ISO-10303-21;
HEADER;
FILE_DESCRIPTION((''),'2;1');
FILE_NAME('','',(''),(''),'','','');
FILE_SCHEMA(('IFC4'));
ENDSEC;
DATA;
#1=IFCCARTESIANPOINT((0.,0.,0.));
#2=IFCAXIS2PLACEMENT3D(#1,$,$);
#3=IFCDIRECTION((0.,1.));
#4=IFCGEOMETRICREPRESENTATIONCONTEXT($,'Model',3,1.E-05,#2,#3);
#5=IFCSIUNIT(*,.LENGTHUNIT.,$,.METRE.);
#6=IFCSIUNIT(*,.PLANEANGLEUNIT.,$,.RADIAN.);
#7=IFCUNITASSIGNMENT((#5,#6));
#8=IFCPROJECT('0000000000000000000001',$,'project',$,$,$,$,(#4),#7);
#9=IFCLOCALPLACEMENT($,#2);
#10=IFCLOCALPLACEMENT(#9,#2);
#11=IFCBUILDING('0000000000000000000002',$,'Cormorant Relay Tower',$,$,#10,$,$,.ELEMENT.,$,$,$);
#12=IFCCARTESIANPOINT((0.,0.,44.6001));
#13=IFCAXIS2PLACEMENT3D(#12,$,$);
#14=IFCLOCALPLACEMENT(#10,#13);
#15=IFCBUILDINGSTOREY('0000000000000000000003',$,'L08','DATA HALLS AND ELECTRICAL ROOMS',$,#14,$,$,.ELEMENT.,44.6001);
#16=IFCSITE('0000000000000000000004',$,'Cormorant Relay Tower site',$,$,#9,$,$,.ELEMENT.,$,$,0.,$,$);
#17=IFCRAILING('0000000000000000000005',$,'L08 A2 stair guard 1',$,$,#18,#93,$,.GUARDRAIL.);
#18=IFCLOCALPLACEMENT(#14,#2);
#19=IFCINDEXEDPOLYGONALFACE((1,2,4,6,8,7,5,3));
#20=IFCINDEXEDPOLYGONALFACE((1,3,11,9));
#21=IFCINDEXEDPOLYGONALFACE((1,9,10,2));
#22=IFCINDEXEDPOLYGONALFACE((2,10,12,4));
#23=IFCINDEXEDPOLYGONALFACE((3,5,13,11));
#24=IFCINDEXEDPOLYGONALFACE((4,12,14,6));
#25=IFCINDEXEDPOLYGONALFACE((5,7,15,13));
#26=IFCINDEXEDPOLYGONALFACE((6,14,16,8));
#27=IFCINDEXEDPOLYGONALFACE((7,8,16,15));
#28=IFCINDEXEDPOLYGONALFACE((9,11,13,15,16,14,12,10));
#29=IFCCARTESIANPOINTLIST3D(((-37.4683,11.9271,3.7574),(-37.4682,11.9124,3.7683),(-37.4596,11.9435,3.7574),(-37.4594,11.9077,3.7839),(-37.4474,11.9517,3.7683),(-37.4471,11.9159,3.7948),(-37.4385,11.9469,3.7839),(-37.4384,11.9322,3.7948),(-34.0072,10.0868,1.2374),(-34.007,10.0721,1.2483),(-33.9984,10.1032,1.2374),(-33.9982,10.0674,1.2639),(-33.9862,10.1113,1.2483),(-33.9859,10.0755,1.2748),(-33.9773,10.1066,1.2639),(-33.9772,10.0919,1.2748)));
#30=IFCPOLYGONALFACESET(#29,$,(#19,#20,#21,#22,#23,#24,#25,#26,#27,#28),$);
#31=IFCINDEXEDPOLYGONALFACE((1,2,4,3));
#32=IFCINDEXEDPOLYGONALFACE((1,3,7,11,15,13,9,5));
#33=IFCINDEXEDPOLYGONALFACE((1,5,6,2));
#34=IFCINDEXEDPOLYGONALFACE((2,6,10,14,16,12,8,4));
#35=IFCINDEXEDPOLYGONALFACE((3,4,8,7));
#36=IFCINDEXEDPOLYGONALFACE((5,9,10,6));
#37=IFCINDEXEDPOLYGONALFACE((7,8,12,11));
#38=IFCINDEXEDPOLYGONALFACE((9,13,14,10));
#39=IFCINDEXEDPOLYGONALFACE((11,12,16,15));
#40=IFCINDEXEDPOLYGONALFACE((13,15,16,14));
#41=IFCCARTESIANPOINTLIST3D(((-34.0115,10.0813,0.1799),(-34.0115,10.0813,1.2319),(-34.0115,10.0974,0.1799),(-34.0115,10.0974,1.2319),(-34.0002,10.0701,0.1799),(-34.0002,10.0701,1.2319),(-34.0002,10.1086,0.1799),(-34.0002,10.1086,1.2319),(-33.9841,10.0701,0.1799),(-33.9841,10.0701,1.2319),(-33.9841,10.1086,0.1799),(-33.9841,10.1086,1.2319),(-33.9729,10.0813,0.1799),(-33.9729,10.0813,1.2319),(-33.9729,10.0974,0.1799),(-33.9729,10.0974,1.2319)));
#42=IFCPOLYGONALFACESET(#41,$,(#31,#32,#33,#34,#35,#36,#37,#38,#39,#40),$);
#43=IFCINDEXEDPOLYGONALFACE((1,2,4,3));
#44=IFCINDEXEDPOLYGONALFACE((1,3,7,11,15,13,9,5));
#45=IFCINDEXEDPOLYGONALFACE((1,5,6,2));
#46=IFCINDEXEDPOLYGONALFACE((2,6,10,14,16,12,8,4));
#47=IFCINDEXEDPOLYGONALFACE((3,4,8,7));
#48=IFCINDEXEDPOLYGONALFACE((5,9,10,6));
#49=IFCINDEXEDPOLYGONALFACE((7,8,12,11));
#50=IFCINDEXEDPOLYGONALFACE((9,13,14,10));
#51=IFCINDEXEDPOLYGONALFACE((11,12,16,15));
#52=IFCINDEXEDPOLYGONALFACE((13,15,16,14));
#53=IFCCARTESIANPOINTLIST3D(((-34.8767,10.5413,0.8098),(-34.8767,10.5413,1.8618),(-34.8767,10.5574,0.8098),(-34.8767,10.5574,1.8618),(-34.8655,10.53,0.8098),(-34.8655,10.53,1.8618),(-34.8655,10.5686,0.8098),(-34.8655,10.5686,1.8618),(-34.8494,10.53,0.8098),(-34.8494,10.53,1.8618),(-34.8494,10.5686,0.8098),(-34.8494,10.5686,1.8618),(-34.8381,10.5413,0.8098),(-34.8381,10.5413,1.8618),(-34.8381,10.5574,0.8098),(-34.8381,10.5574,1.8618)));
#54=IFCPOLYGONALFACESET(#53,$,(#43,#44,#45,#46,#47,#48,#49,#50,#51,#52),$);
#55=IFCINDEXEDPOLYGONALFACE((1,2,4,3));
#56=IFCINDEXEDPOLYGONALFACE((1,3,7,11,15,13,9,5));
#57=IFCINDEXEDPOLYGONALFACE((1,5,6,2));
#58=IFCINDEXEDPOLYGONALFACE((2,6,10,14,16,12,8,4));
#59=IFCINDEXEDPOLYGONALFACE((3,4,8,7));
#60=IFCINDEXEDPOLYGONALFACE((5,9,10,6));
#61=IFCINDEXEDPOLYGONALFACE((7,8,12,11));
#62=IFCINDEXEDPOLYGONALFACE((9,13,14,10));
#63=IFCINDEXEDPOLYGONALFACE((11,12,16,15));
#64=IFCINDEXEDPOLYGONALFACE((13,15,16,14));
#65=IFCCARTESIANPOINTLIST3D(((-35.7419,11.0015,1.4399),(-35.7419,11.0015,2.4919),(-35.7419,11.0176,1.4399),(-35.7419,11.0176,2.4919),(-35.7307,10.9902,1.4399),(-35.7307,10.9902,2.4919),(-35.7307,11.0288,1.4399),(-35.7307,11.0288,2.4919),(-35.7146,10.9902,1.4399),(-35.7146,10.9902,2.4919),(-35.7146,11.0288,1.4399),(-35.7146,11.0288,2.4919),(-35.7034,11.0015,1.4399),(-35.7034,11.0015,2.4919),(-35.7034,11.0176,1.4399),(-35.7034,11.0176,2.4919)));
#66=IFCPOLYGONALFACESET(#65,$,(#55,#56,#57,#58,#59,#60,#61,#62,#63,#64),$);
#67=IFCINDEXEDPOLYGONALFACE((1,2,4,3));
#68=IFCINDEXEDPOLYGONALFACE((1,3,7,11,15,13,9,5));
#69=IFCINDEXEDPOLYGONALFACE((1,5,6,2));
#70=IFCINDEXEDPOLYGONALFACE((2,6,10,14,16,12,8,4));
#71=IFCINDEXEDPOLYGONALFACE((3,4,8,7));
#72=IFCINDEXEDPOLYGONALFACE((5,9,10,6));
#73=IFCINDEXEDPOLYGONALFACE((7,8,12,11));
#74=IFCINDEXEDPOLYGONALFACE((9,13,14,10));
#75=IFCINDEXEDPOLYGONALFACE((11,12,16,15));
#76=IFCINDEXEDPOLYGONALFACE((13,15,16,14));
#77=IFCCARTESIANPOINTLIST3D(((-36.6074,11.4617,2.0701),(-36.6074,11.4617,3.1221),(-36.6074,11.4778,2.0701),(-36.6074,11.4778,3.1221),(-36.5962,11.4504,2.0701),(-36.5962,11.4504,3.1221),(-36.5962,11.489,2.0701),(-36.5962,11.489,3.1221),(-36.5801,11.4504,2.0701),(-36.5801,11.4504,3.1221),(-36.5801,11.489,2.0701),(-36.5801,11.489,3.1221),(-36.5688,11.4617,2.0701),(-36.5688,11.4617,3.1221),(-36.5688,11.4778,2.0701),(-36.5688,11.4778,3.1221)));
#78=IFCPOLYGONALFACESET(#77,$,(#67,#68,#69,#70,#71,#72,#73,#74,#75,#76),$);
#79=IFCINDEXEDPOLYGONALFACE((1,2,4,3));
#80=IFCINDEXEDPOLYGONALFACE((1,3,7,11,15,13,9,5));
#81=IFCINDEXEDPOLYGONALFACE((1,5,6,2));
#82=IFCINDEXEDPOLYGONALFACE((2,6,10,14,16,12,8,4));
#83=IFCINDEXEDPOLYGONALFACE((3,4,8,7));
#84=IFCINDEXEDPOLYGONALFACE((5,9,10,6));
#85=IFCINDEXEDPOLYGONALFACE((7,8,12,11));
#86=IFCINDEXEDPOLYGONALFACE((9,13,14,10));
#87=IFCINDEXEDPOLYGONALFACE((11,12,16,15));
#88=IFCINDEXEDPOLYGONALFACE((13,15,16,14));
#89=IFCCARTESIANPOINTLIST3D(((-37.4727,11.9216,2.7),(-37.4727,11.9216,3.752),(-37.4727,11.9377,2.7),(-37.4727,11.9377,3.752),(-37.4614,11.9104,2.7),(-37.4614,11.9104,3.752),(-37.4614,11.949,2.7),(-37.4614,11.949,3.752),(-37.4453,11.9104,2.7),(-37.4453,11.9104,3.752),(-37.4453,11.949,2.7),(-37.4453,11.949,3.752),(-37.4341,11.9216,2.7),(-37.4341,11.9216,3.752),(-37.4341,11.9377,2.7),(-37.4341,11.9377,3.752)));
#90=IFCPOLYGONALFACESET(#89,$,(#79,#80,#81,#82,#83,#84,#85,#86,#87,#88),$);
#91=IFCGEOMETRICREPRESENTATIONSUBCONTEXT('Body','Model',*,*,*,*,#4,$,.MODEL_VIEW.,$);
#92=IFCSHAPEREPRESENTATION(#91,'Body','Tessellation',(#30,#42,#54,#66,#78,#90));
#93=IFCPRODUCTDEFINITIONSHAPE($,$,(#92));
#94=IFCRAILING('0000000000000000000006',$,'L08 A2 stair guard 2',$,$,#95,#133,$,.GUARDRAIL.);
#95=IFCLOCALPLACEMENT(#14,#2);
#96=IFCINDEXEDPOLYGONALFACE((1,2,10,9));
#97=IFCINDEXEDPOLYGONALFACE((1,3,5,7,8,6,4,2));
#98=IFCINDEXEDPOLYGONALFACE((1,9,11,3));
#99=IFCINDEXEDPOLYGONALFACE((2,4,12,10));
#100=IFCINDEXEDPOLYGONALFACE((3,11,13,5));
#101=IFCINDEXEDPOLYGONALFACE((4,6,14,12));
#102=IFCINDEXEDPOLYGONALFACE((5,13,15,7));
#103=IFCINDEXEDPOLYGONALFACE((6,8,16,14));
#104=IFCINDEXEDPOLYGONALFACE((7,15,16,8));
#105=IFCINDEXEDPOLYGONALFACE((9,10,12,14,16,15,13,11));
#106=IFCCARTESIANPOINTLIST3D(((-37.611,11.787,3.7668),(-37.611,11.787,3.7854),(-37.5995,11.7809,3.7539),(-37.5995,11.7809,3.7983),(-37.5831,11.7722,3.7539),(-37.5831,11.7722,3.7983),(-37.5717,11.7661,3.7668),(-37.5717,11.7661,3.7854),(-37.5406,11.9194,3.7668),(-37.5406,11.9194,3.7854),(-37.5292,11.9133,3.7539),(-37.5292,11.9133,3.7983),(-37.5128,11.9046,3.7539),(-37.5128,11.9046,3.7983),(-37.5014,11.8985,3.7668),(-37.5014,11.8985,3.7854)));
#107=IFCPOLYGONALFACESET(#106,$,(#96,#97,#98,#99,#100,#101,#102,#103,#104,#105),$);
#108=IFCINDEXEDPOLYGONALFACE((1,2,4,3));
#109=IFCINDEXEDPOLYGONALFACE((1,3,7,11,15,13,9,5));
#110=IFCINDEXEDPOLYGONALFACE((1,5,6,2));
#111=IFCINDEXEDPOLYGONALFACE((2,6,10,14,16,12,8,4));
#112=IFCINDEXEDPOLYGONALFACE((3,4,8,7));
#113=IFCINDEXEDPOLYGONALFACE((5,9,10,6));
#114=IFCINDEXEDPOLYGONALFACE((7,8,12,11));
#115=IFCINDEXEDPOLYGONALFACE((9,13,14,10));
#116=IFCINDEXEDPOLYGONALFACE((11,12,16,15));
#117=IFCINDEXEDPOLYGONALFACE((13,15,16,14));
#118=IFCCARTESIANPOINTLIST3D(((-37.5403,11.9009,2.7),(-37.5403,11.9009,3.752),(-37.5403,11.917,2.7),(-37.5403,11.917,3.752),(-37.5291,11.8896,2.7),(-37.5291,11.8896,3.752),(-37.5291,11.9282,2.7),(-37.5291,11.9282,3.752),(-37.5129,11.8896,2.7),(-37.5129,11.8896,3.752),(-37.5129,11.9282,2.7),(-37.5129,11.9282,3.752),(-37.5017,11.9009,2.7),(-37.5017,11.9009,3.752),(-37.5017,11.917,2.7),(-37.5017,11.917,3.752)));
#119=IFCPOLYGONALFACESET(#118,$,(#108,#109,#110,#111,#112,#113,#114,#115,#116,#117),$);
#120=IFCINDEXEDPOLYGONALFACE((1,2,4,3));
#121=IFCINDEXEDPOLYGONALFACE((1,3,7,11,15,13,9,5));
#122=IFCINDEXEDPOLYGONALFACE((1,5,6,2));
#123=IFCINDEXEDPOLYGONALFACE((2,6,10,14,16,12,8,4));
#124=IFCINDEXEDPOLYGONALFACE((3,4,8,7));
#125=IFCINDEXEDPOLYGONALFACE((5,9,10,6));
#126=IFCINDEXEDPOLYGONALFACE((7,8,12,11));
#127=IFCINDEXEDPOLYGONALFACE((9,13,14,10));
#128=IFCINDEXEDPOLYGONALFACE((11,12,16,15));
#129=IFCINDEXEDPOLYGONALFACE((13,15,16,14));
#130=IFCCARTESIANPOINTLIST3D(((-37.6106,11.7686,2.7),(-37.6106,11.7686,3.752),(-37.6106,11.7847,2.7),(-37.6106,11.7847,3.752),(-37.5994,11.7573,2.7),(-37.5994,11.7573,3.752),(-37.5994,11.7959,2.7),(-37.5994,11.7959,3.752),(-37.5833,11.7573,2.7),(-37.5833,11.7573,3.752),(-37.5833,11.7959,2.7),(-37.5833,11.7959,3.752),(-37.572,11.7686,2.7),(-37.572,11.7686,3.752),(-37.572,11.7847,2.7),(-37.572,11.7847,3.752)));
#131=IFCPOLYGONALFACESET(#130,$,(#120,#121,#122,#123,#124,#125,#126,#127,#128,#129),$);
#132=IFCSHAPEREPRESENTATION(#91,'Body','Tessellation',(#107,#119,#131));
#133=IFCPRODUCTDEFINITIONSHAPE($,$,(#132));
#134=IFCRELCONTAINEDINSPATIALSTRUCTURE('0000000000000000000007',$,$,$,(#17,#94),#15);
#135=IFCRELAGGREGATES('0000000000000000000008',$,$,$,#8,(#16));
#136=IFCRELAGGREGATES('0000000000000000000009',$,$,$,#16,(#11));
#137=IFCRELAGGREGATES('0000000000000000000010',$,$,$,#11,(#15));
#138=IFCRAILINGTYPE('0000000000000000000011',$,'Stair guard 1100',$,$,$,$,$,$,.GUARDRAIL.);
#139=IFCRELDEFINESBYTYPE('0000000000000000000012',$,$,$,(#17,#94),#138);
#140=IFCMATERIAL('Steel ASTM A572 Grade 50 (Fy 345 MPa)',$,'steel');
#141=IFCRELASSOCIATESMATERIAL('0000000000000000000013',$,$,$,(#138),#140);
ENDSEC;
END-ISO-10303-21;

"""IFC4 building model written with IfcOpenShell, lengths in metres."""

from ifc_helpers import new_model, si_unit, direction, frame, origin, place, context, subcontext, project, spatial, polyline, outline, extrude, material, type_object, element, save


model = new_model("IFC4")

# Units and contexts
model_context = context("Model", 3, precision=1e-05, world=origin(), true_north=direction((0.0, 1.0)))
body_context = subcontext(model_context, "Body", "Model", "MODEL_VIEW")
ifc_project = project(units=[si_unit("LENGTHUNIT", "METRE"), si_unit("PLANEANGLEUNIT", "RADIAN")], contexts=[model_context])

# Site, building, storey
site_placement = place(None, origin())
site = spatial("IfcSite", under=ifc_project, at=site_placement, Name="Cormorant Relay Tower site", CompositionType="ELEMENT", RefElevation=0.0)
building_placement = place(site_placement, origin())
building = spatial("IfcBuilding", under=site, at=building_placement, Name="Cormorant Relay Tower", CompositionType="ELEMENT")
storey_placement = place(building_placement, frame((0.0, 0.0, 44.6001)))
storey = spatial("IfcBuildingStorey", under=building, at=storey_placement, Name="L08", Description="DATA HALLS AND ELECTRICAL ROOMS", CompositionType="ELEMENT", Elevation=44.6001)

# Railings
ifc_material_1 = material(Name="Steel ASTM A572 Grade 50 (Fy 345 MPa)", Category="steel")
railing_type_1 = type_object("IfcRailingType", Name="Stair guard 1100", PredefinedType="GUARDRAIL", material=ifc_material_1)
railing_1_placement = place(storey_placement, frame((-33.9922, 10.0894, 0.1799)))
element("IfcRailing", 1, at=railing_1_placement, inside=storey, type_object=railing_type_1, Name="L08 A2 stair guard 1", PredefinedType="GUARDRAIL", context=body_context, shape_type="SweptSolid", body=[
    extrude(outline(polyline([(0.0222, 0.0093), (0.0093, 0.0222), (-0.0093, 0.0222), (-0.0222, 0.0093), (-0.0222, -0.0093), (-0.0093, -0.0222), (0.0093, -0.0222), (0.0222, -0.0093), (0.0222, 0.0093)])), frame((0.0, 0.0, 1.0762), z_axis=(-0.742717, 0.394907, 0.540758), x_axis=(-0.469469, -0.882949, 0.0)), (0.0, 0.0, 1.0), 4.6602),
    extrude(outline(polyline([(0.0193, 0.0081), (0.0081, 0.0193), (-0.0081, 0.0193), (-0.0193, 0.0081), (-0.0193, -0.0081), (-0.0081, -0.0193), (0.0081, -0.0193), (0.0193, -0.0081), (0.0193, 0.0081)])), origin(), (0.0, 0.0, 1.0), 1.052),
    extrude(outline(polyline([(0.0193, 0.0081), (0.0081, 0.0193), (-0.0081, 0.0193), (-0.0193, 0.0081), (-0.0193, -0.0081), (-0.0081, -0.0193), (0.0081, -0.0193), (0.0193, -0.0081), (0.0193, 0.0081)])), frame((-0.8652, 0.46, 0.6299)), (0.0, 0.0, 1.0), 1.052),
    extrude(outline(polyline([(0.0193, 0.0081), (0.0081, 0.0193), (-0.0081, 0.0193), (-0.0193, 0.0081), (-0.0193, -0.0081), (-0.0081, -0.0193), (0.0081, -0.0193), (0.0193, -0.0081), (0.0193, 0.0081)])), frame((-1.7305, 0.9202, 1.26)), (0.0, 0.0, 1.0), 1.052),
    extrude(outline(polyline([(0.0193, 0.0081), (0.0081, 0.0193), (-0.0081, 0.0193), (-0.0193, 0.0081), (-0.0193, -0.0081), (-0.0081, -0.0193), (0.0081, -0.0193), (0.0193, -0.0081), (0.0193, 0.0081)])), frame((-2.5959, 1.3804, 1.8901)), (0.0, 0.0, 1.0), 1.052),
    extrude(outline(polyline([(0.0193, 0.0081), (0.0081, 0.0193), (-0.0081, 0.0193), (-0.0193, 0.0081), (-0.0193, -0.0081), (-0.0081, -0.0193), (0.0081, -0.0193), (0.0193, -0.0081), (0.0193, 0.0081)])), frame((-3.4612, 1.8403, 2.52)), (0.0, 0.0, 1.0), 1.052),
])
railing_2_placement = place(storey_placement, frame((-37.521, 11.9089, 2.7)))
element("IfcRailing", 2, at=railing_2_placement, inside=storey, type_object=railing_type_1, Name="L08 A2 stair guard 2", PredefinedType="GUARDRAIL", context=body_context, shape_type="SweptSolid", body=[
    extrude(outline(polyline([(0.0222, 0.0093), (0.0093, 0.0222), (-0.0093, 0.0222), (-0.0222, 0.0093), (-0.0222, -0.0093), (-0.0093, -0.0222), (0.0093, -0.0222), (0.0222, -0.0093), (0.0222, 0.0093)])), frame((0.0, 0.0, 1.0762), z_axis=(-0.469235, -0.883074, 0.0), x_axis=(0.883074, -0.469235, 0.0)), (0.0, 0.0, 1.0), 0.1499),
    extrude(outline(polyline([(0.0193, 0.0081), (0.0081, 0.0193), (-0.0081, 0.0193), (-0.0193, 0.0081), (-0.0193, -0.0081), (-0.0081, -0.0193), (0.0081, -0.0193), (0.0193, -0.0081), (0.0193, 0.0081)])), origin(), (0.0, 0.0, 1.0), 1.052),
    extrude(outline(polyline([(0.0193, 0.0081), (0.0081, 0.0193), (-0.0081, 0.0193), (-0.0193, 0.0081), (-0.0193, -0.0081), (-0.0081, -0.0193), (0.0081, -0.0193), (0.0193, -0.0081), (0.0193, 0.0081)])), frame((-0.0703, -0.1323, 0.0)), (0.0, 0.0, 1.0), 1.052),
])

save(model, "model.ifc")
